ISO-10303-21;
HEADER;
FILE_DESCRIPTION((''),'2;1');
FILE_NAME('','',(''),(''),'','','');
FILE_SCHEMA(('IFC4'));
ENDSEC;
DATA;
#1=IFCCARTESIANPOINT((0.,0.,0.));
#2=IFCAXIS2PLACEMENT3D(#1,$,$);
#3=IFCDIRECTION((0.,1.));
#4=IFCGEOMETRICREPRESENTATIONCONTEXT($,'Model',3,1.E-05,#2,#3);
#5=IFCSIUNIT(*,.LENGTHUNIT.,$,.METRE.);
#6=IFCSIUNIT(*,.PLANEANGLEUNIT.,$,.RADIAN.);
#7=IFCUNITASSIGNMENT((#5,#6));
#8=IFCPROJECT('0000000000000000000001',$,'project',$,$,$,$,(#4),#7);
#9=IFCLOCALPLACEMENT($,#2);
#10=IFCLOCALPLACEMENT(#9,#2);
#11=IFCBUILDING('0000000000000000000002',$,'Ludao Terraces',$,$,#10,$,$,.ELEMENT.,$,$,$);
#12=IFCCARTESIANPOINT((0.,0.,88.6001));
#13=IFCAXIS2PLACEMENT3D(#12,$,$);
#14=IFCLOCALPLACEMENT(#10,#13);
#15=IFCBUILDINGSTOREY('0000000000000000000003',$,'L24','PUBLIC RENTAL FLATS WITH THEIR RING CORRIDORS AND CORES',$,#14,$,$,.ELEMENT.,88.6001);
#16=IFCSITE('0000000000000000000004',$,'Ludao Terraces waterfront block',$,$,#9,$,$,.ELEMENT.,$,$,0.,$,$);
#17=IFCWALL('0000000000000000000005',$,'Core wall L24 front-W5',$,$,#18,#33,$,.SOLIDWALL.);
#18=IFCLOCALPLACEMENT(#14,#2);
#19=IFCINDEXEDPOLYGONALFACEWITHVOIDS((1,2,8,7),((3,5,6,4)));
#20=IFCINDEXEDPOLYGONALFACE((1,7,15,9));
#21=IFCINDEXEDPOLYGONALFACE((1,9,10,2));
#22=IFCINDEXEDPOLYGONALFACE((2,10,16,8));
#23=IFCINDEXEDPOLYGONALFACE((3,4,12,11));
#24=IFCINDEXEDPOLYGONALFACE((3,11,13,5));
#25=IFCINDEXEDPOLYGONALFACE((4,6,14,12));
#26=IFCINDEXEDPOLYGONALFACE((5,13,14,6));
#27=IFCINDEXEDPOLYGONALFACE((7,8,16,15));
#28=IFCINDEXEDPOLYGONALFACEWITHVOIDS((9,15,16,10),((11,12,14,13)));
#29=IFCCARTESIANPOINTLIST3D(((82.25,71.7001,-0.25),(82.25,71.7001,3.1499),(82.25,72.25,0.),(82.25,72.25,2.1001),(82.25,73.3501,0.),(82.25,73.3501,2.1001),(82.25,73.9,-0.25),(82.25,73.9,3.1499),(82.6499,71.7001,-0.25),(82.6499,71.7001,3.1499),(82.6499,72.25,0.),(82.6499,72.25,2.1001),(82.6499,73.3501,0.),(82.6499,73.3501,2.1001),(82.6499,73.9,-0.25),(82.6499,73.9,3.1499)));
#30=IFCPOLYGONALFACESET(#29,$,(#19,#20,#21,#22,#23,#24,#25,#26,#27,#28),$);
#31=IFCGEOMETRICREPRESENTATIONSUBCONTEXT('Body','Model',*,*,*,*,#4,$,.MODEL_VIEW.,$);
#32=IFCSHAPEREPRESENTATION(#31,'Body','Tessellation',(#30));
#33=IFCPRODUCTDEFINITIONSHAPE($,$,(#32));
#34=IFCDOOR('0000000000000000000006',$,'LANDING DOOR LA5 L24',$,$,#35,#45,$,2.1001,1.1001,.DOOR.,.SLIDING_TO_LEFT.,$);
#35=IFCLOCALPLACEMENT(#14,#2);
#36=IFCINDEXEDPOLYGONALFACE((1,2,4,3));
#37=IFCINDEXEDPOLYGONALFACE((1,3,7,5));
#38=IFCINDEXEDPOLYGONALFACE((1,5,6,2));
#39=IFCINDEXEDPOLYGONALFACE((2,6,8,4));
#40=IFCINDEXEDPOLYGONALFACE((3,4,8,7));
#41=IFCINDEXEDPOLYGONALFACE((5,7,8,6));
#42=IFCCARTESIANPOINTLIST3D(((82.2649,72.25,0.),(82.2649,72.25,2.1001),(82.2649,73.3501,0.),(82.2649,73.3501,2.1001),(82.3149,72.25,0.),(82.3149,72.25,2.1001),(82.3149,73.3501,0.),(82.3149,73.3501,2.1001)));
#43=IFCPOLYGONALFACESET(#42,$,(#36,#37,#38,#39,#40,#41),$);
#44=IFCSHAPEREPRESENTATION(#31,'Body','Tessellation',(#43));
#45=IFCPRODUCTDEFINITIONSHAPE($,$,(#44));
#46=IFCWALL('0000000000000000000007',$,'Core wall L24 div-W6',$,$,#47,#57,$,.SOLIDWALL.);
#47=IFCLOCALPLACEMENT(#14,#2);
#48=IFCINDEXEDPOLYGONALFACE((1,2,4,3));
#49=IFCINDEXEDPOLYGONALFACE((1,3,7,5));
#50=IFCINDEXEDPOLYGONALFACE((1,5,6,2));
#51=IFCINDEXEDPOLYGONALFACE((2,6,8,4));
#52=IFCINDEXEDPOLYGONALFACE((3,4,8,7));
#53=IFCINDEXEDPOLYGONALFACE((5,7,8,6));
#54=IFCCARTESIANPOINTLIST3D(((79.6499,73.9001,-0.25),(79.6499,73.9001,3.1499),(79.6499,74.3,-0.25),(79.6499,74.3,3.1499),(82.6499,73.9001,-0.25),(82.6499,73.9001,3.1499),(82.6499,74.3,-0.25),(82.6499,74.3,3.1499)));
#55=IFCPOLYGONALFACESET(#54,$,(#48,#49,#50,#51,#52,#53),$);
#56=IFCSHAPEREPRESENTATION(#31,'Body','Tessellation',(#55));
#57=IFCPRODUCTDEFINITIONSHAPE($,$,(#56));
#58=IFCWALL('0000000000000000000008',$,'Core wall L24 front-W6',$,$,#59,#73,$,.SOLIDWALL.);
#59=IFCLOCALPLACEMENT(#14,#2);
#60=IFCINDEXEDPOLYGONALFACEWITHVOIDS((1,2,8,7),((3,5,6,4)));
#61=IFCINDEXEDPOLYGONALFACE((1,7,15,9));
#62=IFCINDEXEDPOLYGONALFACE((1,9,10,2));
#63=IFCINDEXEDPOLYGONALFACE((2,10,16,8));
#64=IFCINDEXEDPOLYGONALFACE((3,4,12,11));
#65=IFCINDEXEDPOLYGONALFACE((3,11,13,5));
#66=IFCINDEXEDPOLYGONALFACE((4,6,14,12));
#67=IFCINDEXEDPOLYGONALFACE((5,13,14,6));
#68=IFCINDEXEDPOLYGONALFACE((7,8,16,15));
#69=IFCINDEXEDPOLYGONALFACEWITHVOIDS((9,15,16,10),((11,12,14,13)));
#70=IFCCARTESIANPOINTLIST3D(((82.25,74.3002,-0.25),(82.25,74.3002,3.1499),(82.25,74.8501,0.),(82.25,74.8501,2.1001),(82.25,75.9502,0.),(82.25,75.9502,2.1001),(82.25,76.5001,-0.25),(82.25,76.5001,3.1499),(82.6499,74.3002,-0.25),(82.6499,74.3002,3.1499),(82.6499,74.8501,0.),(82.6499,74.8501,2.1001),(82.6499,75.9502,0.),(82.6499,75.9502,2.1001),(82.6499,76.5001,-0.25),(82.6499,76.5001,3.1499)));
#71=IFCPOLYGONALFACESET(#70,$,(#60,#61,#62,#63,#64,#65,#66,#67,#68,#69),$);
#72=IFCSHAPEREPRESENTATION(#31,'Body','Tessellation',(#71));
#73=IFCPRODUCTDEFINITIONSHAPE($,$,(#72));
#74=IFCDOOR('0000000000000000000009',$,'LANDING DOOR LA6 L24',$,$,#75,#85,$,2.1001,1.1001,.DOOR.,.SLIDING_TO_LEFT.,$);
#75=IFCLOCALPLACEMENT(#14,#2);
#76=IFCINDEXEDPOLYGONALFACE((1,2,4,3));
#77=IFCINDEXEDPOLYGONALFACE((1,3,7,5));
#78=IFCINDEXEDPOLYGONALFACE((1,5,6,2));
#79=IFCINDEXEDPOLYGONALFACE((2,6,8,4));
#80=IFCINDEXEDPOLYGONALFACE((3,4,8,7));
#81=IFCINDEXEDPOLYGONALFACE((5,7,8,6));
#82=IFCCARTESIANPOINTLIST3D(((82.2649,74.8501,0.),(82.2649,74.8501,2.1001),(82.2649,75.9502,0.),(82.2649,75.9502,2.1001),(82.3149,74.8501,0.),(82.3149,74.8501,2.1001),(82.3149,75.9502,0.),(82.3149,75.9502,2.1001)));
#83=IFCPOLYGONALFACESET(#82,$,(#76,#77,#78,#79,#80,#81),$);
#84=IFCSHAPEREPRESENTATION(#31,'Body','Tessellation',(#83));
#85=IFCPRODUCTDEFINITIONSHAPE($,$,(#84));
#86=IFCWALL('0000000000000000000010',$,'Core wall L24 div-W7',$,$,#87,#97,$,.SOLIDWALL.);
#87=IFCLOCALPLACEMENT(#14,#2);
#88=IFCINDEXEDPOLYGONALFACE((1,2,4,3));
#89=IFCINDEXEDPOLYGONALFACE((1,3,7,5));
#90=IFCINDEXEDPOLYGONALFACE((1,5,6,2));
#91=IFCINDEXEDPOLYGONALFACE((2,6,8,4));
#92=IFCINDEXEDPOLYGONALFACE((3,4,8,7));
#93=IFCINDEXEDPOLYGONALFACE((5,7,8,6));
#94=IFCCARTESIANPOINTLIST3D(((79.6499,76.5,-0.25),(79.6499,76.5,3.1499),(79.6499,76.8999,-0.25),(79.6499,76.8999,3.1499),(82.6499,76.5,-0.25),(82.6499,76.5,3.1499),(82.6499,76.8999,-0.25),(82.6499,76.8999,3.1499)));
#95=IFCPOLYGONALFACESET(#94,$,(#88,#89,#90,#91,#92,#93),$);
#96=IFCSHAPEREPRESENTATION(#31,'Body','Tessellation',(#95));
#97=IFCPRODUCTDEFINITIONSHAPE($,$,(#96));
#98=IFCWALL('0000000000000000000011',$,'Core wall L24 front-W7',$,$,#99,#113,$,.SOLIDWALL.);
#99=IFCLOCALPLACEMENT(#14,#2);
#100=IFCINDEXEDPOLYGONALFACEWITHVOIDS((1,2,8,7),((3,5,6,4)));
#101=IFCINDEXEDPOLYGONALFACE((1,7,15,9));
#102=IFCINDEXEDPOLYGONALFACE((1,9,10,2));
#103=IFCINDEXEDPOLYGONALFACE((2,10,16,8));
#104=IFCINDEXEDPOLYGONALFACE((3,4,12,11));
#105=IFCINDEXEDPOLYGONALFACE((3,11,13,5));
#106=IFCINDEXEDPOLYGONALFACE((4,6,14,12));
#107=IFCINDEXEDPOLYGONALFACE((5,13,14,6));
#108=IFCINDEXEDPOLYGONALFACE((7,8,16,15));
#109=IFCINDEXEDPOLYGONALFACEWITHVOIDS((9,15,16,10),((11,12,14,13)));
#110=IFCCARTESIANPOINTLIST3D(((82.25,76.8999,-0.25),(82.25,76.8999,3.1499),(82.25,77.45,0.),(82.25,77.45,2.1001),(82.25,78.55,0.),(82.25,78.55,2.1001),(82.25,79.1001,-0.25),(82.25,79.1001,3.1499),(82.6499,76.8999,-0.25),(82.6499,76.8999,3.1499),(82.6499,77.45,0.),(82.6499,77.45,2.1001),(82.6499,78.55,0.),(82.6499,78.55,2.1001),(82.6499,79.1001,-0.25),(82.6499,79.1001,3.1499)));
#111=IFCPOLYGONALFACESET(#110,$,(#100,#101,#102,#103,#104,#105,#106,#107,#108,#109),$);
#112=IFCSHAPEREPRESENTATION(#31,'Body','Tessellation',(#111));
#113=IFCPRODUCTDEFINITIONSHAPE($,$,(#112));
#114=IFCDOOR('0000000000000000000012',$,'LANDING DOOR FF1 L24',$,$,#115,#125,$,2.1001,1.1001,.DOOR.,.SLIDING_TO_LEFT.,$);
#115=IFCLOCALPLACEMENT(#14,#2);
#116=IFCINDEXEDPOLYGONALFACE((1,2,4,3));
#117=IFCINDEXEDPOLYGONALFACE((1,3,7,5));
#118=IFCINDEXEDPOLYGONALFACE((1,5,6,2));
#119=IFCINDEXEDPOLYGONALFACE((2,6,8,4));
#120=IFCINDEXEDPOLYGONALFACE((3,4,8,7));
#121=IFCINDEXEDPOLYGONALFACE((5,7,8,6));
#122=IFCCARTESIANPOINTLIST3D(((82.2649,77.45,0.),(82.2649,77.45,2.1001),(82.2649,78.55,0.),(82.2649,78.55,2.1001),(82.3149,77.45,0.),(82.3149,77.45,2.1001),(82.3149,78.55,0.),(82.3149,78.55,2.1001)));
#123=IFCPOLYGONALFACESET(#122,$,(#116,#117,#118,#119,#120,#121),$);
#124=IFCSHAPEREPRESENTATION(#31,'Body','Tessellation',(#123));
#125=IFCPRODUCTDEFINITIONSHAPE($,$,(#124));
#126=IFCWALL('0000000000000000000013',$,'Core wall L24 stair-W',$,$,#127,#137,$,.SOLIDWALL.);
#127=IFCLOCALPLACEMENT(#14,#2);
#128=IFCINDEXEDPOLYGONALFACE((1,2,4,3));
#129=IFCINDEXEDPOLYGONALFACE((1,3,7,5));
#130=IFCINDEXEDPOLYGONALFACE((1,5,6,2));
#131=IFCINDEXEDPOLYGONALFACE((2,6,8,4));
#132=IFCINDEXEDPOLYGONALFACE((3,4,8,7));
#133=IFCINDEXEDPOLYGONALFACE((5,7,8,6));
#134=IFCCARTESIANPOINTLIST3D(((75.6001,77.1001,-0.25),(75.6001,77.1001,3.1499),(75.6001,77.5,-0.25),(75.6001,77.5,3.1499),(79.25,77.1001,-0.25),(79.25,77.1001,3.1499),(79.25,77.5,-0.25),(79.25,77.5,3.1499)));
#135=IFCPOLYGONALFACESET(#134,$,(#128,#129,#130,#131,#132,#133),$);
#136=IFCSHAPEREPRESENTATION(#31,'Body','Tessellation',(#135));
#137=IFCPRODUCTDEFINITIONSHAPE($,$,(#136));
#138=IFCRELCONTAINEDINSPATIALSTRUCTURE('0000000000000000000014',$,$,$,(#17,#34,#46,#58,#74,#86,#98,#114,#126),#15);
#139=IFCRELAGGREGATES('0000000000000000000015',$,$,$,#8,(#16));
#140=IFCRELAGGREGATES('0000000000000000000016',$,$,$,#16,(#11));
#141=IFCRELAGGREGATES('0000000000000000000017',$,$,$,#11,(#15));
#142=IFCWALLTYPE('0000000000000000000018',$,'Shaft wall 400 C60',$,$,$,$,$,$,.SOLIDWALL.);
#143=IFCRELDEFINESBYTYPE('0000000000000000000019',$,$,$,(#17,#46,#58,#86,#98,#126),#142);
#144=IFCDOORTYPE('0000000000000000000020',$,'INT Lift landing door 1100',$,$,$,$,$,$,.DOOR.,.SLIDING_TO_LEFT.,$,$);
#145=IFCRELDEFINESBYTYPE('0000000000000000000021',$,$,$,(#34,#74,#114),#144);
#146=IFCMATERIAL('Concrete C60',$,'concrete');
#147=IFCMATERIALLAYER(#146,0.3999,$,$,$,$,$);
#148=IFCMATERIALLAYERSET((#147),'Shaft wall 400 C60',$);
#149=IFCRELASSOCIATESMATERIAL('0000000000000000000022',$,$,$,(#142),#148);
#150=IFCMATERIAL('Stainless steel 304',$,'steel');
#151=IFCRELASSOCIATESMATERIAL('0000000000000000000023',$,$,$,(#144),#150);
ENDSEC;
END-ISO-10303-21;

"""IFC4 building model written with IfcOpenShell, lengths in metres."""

from ifc_helpers import new_model, si_unit, direction, frame, frame_2d, origin, place, context, subcontext, project, spatial, rectangle, extrude, material, layer, layer_set, type_object, element, fill, save


model = new_model("IFC4")

# Units and contexts
model_context = context("Model", 3, precision=1e-05, world=origin(), true_north=direction((0.0, 1.0)))
body_context = subcontext(model_context, "Body", "Model", "MODEL_VIEW")
ifc_project = project(units=[si_unit("LENGTHUNIT", "METRE"), si_unit("PLANEANGLEUNIT", "RADIAN")], contexts=[model_context])

# Site, building, storey
site_placement = place(None, origin())
site = spatial("IfcSite", under=ifc_project, at=site_placement, Name="Ludao Terraces waterfront block", CompositionType="ELEMENT", RefElevation=0.0)
building_placement = place(site_placement, origin())
building = spatial("IfcBuilding", under=site, at=building_placement, Name="Ludao Terraces", CompositionType="ELEMENT")
storey_placement = place(building_placement, frame((0.0, 0.0, 88.6001)))
storey = spatial("IfcBuildingStorey", under=building, at=storey_placement, Name="L24", Description="PUBLIC RENTAL FLATS WITH THEIR RING CORRIDORS AND CORES", CompositionType="ELEMENT", Elevation=88.6001)

# Shared definitions
ifc_material_1 = material(Name="Concrete C60", Category="concrete")
ifc_layer_1 = layer(ifc_material_1, 0.3999)
ifc_layer_set_1 = layer_set([ifc_layer_1], Name="Shaft wall 400 C60")
wall_type_1 = type_object("IfcWallType", Name="Shaft wall 400 C60", PredefinedType="SOLIDWALL", material=ifc_layer_set_1)

# Shared definitions
ifc_material_2 = material(Name="Stainless steel 304", Category="steel")
door_type_1 = type_object("IfcDoorType", Name="INT Lift landing door 1100", OperationType="SLIDING_TO_LEFT", PredefinedType="DOOR", material=ifc_material_2)

# Wall, opening, door
wall_1_placement = place(storey_placement, frame((82.45, 71.7, -0.25), z_axis=(0.0, 0.0, 1.0), x_axis=(0.0, 1.0, 0.0)))
wall_1 = element("IfcWall", 1, at=wall_1_placement, inside=storey, type_object=wall_type_1, Name="Core wall L24 front-W5", PredefinedType="SOLIDWALL", context=body_context, shape_type="SweptSolid", body=[
    extrude(rectangle(XDim=2.2, YDim=0.3999, at=frame_2d((1.1001, 0.0))), origin(), (0.0, 0.0, 1.0), 3.3999),
])
opening_1_placement = place(wall_1_placement, frame((0.55, 0.0, 0.25)))
opening_1 = element("IfcOpeningElement", 2, at=opening_1_placement, cuts=wall_1, PredefinedType="OPENING", context=body_context, shape_type="SweptSolid", body=[
    extrude(rectangle(XDim=1.1001, YDim=2.1001, at=frame_2d((0.55, 1.05))), frame((0.0, 0.21, 0.0), z_axis=(0.0, -1.0, 0.0), x_axis=(1.0, 0.0, 0.0)), (0.0, 0.0, 1.0), 0.4199),
])
door_1_placement = place(opening_1_placement, origin())
door_1 = element("IfcDoor", 3, at=door_1_placement, inside=storey, type_object=door_type_1, Name="LANDING DOOR LA5 L24", OperationType="SLIDING_TO_LEFT", OverallHeight=2.1001, OverallWidth=1.1001, PredefinedType="DOOR", context=body_context, shape_type="SweptSolid", body=[
    extrude(rectangle(XDim=1.1001, YDim=2.1001, at=frame_2d((0.55, 1.05))), frame((0.0, 0.1851, 0.0), z_axis=(0.0, -1.0, 0.0), x_axis=(1.0, 0.0, 0.0)), (0.0, 0.0, 1.0), 0.05),
])
fill(opening_1, door_1)

# Wall
wall_2_placement = place(storey_placement, frame((79.6499, 74.1001, -0.25), z_axis=(0.0, 0.0, 1.0), x_axis=(1.0, 0.0, 0.0)))
element("IfcWall", 4, at=wall_2_placement, inside=storey, type_object=wall_type_1, Name="Core wall L24 div-W6", PredefinedType="SOLIDWALL", context=body_context, shape_type="SweptSolid", body=[
    extrude(rectangle(XDim=3.0, YDim=0.3999, at=frame_2d((1.5, 0.0))), origin(), (0.0, 0.0, 1.0), 3.3999),
])

# Wall, opening, door
wall_3_placement = place(storey_placement, frame((82.45, 74.3, -0.25), z_axis=(0.0, 0.0, 1.0), x_axis=(0.0, 1.0, 0.0)))
wall_3 = element("IfcWall", 5, at=wall_3_placement, inside=storey, type_object=wall_type_1, Name="Core wall L24 front-W6", PredefinedType="SOLIDWALL", context=body_context, shape_type="SweptSolid", body=[
    extrude(rectangle(XDim=2.2, YDim=0.3999, at=frame_2d((1.1001, 0.0))), origin(), (0.0, 0.0, 1.0), 3.3999),
])
opening_2_placement = place(wall_3_placement, frame((0.55, 0.0, 0.25)))
opening_2 = element("IfcOpeningElement", 6, at=opening_2_placement, cuts=wall_3, PredefinedType="OPENING", context=body_context, shape_type="SweptSolid", body=[
    extrude(rectangle(XDim=1.1001, YDim=2.1001, at=frame_2d((0.55, 1.05))), frame((0.0, 0.21, 0.0), z_axis=(0.0, -1.0, 0.0), x_axis=(1.0, 0.0, 0.0)), (0.0, 0.0, 1.0), 0.4199),
])
door_2_placement = place(opening_2_placement, origin())
door_2 = element("IfcDoor", 7, at=door_2_placement, inside=storey, type_object=door_type_1, Name="LANDING DOOR LA6 L24", OperationType="SLIDING_TO_LEFT", OverallHeight=2.1001, OverallWidth=1.1001, PredefinedType="DOOR", context=body_context, shape_type="SweptSolid", body=[
    extrude(rectangle(XDim=1.1001, YDim=2.1001, at=frame_2d((0.55, 1.05))), frame((0.0, 0.1851, 0.0), z_axis=(0.0, -1.0, 0.0), x_axis=(1.0, 0.0, 0.0)), (0.0, 0.0, 1.0), 0.05),
])
fill(opening_2, door_2)

# Wall
wall_4_placement = place(storey_placement, frame((79.6499, 76.7, -0.25), z_axis=(0.0, 0.0, 1.0), x_axis=(1.0, 0.0, 0.0)))
element("IfcWall", 8, at=wall_4_placement, inside=storey, type_object=wall_type_1, Name="Core wall L24 div-W7", PredefinedType="SOLIDWALL", context=body_context, shape_type="SweptSolid", body=[
    extrude(rectangle(XDim=3.0, YDim=0.3999, at=frame_2d((1.5, 0.0))), origin(), (0.0, 0.0, 1.0), 3.3999),
])

# Wall, opening, door
wall_5_placement = place(storey_placement, frame((82.45, 76.8999, -0.25), z_axis=(0.0, 0.0, 1.0), x_axis=(0.0, 1.0, 0.0)))
wall_5 = element("IfcWall", 9, at=wall_5_placement, inside=storey, type_object=wall_type_1, Name="Core wall L24 front-W7", PredefinedType="SOLIDWALL", context=body_context, shape_type="SweptSolid", body=[
    extrude(rectangle(XDim=2.2002, YDim=0.3999, at=frame_2d((1.1001, 0.0))), origin(), (0.0, 0.0, 1.0), 3.3999),
])
opening_3_placement = place(wall_5_placement, frame((0.55, 0.0, 0.25)))
opening_3 = element("IfcOpeningElement", 10, at=opening_3_placement, cuts=wall_5, PredefinedType="OPENING", context=body_context, shape_type="SweptSolid", body=[
    extrude(rectangle(XDim=1.1001, YDim=2.1001, at=frame_2d((0.55, 1.05))), frame((0.0, 0.21, 0.0), z_axis=(0.0, -1.0, 0.0), x_axis=(1.0, 0.0, 0.0)), (0.0, 0.0, 1.0), 0.4199),
])
door_3_placement = place(opening_3_placement, origin())
door_3 = element("IfcDoor", 11, at=door_3_placement, inside=storey, type_object=door_type_1, Name="LANDING DOOR FF1 L24", OperationType="SLIDING_TO_LEFT", OverallHeight=2.1001, OverallWidth=1.1001, PredefinedType="DOOR", context=body_context, shape_type="SweptSolid", body=[
    extrude(rectangle(XDim=1.1001, YDim=2.1001, at=frame_2d((0.55, 1.05))), frame((0.0, 0.1851, 0.0), z_axis=(0.0, -1.0, 0.0), x_axis=(1.0, 0.0, 0.0)), (0.0, 0.0, 1.0), 0.05),
])
fill(opening_3, door_3)

# Wall
wall_6_placement = place(storey_placement, frame((75.6001, 77.3, -0.25), z_axis=(0.0, 0.0, 1.0), x_axis=(1.0, 0.0, 0.0)))
element("IfcWall", 12, at=wall_6_placement, inside=storey, type_object=wall_type_1, Name="Core wall L24 stair-W", PredefinedType="SOLIDWALL", context=body_context, shape_type="SweptSolid", body=[
    extrude(rectangle(XDim=3.6499, YDim=0.3999, at=frame_2d((1.825, 0.0))), origin(), (0.0, 0.0, 1.0), 3.3999),
])

save(model, "model.ifc")
